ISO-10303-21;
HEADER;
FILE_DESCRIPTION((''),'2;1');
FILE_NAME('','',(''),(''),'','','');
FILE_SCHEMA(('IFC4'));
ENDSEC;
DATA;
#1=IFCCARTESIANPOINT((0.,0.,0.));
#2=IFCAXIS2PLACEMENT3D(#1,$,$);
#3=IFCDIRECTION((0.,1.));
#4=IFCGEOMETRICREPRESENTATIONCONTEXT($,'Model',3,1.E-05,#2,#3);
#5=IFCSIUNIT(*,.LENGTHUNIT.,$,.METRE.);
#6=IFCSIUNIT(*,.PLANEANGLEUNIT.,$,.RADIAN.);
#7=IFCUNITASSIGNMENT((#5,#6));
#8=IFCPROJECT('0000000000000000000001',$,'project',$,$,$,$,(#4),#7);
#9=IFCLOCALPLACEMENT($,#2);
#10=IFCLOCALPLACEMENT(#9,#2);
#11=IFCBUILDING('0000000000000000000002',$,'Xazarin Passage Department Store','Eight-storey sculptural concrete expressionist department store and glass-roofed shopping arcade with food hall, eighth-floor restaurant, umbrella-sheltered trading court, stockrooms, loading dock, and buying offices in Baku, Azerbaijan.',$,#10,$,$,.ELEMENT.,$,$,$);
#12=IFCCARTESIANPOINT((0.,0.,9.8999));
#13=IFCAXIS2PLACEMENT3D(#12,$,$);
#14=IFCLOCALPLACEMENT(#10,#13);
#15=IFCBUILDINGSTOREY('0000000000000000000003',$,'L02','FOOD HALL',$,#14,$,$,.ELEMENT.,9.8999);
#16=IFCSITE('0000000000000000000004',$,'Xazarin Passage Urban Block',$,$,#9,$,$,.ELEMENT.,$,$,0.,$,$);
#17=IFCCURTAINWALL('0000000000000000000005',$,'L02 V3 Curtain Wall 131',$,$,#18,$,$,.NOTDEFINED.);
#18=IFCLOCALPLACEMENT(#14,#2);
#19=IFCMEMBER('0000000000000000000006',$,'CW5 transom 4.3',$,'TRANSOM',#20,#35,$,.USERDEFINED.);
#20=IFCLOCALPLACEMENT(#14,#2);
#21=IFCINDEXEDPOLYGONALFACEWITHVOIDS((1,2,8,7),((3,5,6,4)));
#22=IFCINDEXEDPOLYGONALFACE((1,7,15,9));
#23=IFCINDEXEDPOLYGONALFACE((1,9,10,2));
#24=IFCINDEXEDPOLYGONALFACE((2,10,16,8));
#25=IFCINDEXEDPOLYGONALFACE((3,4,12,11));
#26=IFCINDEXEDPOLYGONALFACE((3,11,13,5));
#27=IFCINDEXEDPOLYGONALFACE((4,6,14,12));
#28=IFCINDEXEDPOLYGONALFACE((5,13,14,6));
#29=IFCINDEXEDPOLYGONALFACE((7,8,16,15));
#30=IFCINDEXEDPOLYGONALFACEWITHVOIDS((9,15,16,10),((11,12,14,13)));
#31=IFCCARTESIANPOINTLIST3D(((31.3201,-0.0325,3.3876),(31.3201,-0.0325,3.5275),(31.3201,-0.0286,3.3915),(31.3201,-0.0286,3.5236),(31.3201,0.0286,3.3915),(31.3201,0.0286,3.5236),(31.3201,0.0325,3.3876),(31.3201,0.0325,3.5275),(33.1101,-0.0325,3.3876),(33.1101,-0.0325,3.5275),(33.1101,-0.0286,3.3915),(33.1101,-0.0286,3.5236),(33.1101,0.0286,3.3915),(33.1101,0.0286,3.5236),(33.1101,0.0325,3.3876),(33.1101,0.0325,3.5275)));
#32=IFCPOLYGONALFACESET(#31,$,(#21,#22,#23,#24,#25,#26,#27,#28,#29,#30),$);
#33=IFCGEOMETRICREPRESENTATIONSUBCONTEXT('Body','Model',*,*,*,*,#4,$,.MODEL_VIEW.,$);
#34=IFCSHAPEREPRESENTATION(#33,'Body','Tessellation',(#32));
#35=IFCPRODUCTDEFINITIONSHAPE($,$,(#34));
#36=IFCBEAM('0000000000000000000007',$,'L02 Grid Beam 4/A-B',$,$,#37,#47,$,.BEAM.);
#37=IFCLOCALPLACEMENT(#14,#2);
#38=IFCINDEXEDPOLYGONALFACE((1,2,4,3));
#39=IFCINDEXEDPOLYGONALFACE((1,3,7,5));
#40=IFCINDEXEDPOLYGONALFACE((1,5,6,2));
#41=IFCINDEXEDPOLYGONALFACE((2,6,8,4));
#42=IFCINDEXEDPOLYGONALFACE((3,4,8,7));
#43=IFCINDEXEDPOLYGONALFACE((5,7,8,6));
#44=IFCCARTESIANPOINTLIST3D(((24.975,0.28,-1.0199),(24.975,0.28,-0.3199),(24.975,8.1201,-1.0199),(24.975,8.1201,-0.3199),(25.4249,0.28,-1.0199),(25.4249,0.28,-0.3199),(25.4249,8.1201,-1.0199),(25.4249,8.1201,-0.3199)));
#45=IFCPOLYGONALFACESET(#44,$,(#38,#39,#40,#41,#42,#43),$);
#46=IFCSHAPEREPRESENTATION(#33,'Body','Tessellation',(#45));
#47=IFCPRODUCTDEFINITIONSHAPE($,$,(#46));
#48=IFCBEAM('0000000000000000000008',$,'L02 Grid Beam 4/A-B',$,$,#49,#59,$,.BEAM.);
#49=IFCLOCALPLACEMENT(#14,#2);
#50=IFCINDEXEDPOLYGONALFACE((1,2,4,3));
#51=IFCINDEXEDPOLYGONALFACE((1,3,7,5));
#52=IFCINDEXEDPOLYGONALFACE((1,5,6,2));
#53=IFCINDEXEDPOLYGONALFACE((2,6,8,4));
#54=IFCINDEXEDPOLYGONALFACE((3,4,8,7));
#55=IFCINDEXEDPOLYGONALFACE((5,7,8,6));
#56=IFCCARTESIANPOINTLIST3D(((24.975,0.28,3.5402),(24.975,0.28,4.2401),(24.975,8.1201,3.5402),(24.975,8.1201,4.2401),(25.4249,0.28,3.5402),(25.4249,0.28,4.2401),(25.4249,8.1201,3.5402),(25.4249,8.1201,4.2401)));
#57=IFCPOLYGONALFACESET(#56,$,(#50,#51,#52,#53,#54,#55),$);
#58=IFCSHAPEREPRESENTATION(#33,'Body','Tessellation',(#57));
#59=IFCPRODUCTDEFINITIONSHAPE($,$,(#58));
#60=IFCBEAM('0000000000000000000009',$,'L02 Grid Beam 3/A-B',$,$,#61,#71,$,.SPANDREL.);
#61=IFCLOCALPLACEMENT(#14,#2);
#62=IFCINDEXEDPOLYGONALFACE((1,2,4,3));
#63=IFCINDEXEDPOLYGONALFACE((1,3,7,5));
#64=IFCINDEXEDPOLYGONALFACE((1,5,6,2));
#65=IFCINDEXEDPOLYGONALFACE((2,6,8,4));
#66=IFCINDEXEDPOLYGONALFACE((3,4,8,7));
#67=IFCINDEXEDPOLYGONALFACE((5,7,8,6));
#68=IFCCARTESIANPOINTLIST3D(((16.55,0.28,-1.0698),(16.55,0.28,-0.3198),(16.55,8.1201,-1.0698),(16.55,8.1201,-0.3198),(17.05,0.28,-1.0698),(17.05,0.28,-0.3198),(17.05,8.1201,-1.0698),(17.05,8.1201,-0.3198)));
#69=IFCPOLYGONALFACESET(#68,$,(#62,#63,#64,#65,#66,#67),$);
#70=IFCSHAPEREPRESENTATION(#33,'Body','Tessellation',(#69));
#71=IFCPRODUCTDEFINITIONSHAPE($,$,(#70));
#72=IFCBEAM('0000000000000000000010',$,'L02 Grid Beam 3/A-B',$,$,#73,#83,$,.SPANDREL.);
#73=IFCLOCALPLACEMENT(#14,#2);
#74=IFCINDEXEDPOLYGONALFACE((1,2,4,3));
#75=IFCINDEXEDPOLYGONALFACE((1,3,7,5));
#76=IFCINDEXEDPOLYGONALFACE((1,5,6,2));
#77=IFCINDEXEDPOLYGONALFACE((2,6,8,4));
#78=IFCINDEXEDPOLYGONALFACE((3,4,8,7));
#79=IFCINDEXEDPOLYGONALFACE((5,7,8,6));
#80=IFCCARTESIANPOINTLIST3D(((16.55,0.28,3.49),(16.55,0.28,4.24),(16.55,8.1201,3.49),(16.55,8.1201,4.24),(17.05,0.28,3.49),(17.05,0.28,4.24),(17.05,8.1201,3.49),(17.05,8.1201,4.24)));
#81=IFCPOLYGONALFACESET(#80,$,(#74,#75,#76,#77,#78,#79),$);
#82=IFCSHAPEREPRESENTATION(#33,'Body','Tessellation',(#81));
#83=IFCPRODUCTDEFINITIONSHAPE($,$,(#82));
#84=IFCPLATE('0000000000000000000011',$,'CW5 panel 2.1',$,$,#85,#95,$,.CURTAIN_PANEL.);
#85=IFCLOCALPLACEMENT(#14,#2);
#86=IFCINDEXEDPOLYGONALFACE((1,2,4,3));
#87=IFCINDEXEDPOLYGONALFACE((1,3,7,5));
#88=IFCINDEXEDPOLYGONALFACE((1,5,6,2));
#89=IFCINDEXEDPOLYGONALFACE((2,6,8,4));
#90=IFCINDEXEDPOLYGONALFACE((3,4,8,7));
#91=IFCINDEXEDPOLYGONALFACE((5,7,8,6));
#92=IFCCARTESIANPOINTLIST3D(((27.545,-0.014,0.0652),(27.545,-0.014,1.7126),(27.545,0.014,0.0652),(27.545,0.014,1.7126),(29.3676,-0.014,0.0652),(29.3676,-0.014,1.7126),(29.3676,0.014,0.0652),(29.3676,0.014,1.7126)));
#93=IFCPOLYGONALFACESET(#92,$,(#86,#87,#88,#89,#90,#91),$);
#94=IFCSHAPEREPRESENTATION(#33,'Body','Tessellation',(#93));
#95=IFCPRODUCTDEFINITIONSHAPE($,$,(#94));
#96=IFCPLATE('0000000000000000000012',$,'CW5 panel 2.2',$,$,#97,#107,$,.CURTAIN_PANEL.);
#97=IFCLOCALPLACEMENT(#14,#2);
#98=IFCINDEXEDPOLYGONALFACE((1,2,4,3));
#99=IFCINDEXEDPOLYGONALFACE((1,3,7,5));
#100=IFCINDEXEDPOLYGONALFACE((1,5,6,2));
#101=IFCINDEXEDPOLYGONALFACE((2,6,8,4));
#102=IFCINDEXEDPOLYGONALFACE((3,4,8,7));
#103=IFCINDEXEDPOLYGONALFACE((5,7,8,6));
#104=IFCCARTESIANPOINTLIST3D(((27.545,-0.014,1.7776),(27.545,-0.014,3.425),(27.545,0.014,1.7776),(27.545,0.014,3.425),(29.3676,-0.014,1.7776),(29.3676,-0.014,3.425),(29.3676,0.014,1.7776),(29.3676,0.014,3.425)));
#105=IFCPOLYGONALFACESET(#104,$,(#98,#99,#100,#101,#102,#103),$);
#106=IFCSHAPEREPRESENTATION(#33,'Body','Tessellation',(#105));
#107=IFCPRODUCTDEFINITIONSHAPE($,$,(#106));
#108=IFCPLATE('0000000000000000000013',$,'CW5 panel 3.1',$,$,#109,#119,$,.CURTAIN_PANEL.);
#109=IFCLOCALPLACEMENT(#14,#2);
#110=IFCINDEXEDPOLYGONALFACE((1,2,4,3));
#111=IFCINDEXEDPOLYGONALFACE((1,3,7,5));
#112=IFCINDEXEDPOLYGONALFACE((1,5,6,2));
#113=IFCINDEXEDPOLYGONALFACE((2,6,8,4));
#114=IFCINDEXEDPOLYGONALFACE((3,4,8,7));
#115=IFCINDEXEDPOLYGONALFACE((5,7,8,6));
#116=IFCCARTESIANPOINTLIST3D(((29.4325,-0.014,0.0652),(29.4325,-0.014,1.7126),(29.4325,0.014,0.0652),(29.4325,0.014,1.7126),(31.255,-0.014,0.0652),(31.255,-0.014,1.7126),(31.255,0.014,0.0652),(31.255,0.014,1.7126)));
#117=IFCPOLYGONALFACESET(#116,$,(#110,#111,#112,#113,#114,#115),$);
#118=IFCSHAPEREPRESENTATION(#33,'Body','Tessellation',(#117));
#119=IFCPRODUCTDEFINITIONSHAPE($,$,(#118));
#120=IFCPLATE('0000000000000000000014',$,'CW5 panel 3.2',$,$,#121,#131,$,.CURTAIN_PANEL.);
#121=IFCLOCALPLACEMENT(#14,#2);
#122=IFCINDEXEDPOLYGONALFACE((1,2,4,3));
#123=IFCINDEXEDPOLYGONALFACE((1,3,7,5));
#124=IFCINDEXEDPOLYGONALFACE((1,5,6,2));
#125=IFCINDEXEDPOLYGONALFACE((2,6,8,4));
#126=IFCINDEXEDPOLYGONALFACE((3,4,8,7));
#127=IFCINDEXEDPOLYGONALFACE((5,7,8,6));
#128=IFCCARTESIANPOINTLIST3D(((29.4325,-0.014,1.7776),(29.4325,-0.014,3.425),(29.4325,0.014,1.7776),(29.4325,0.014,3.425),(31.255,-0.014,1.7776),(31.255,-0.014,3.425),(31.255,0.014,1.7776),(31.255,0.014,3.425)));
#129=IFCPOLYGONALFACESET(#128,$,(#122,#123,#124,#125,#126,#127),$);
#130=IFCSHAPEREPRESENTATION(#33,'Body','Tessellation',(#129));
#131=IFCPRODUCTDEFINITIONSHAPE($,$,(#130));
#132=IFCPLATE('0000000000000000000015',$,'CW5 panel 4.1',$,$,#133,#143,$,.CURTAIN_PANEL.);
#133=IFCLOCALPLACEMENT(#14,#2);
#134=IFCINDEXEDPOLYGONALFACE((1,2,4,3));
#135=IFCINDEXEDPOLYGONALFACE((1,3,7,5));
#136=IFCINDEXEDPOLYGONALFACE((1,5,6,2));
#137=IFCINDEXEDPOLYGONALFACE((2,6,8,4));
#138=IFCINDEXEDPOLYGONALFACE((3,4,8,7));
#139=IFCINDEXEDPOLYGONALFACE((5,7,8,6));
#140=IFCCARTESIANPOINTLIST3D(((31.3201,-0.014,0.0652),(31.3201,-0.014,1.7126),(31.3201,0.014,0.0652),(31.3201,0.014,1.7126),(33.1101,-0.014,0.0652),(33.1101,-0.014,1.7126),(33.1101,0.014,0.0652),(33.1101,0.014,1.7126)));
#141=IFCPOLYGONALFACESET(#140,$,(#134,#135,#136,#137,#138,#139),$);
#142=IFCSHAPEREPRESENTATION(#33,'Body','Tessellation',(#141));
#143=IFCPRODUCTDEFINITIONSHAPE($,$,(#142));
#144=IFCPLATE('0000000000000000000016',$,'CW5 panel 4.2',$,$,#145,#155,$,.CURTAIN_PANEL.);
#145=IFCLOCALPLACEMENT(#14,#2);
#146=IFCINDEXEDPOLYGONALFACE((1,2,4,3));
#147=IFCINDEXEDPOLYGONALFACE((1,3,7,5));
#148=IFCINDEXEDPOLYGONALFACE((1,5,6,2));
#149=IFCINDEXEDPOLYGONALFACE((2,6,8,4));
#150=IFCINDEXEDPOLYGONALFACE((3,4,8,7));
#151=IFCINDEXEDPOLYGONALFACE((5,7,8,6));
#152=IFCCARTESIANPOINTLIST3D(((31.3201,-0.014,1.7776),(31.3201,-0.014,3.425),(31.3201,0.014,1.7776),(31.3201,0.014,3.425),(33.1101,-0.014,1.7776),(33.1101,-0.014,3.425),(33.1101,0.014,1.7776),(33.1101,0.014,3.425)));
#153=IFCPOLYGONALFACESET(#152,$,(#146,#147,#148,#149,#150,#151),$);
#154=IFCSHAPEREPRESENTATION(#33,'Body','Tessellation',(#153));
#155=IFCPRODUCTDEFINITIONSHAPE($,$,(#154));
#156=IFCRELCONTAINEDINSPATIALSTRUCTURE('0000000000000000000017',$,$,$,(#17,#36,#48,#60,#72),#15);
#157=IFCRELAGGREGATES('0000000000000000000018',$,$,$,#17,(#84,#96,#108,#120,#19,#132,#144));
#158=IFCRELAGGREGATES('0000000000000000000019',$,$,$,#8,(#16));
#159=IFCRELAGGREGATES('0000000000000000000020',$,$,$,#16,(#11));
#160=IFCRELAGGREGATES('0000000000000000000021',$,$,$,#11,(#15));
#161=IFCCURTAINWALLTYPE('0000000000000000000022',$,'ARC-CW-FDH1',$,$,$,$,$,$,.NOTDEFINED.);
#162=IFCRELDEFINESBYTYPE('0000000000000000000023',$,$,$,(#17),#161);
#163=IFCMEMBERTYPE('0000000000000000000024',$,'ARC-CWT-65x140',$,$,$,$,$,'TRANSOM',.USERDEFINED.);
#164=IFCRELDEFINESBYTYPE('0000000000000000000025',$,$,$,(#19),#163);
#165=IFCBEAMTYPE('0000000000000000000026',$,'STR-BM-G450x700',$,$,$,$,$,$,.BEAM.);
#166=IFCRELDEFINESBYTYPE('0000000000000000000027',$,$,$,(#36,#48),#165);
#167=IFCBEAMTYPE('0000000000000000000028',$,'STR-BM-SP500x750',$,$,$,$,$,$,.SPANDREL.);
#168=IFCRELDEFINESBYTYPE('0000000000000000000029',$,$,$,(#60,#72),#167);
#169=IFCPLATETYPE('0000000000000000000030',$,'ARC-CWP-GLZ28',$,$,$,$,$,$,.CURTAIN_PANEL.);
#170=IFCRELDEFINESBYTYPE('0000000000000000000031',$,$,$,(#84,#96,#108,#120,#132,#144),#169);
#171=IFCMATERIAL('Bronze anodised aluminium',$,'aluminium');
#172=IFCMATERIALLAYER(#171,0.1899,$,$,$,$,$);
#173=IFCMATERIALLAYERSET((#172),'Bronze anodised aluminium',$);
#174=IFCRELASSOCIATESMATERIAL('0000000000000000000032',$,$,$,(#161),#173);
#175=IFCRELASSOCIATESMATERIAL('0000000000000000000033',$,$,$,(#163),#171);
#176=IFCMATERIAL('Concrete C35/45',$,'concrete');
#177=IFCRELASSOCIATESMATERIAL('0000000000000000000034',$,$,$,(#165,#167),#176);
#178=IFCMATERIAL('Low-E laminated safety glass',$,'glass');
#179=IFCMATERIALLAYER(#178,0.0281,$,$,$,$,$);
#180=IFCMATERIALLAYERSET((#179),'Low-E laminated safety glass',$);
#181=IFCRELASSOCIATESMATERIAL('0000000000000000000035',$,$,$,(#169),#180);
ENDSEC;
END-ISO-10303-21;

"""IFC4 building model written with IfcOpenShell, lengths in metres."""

from ifc_helpers import new_model, si_unit, direction, frame, origin, origin_2d, place, context, subcontext, project, spatial, rectangle, hollow_rectangle, extrude, material, layer, layer_set, material_profile, profile_set, type_object, element, aggregate, save


model = new_model("IFC4")

# Units and contexts
model_context = context("Model", 3, precision=1e-05, world=origin(), true_north=direction((0.0, 1.0)))
body_context = subcontext(model_context, "Body", "Model", "MODEL_VIEW")
ifc_project = project(units=[si_unit("LENGTHUNIT", "METRE"), si_unit("PLANEANGLEUNIT", "RADIAN")], contexts=[model_context])

# Site, building, storey
site_placement = place(None, origin())
site = spatial("IfcSite", under=ifc_project, at=site_placement, Name="Xazarin Passage Urban Block", CompositionType="ELEMENT", RefElevation=0.0)
building_placement = place(site_placement, origin())
building = spatial("IfcBuilding", under=site, at=building_placement, Name="Xazarin Passage Department Store", Description="Eight-storey sculptural concrete expressionist department store and glass-roofed shopping arcade with food hall, eighth-floor restaurant, umbrella-sheltered trading court, stockrooms, loading dock, and buying offices in Baku, Azerbaijan.", CompositionType="ELEMENT")
storey_placement = place(building_placement, frame((0.0, 0.0, 9.8999)))
storey = spatial("IfcBuildingStorey", under=building, at=storey_placement, Name="L02", Description="FOOD HALL", CompositionType="ELEMENT", Elevation=9.8999)

# Curtain wall, member
ifc_material_1 = material(Name="Bronze anodised aluminium", Category="aluminium")
ifc_layer_1 = layer(ifc_material_1, 0.1899)
ifc_layer_set_1 = layer_set([ifc_layer_1], Name="Bronze anodised aluminium")
curtain_wall_type = type_object("IfcCurtainWallType", Name="ARC-CW-FDH1", PredefinedType="NOTDEFINED", material=ifc_layer_set_1)
curtain_wall_placement = place(storey_placement, origin())
curtain_wall = element("IfcCurtainWall", 1, at=curtain_wall_placement, inside=storey, type_object=curtain_wall_type, Name="L02 V3 Curtain Wall 131", PredefinedType="NOTDEFINED")
ifc_material_profile_1 = material_profile(ifc_material_1, hollow_rectangle(XDim=0.0649, YDim=0.1399, WallThickness=0.0039, at=origin_2d()), Name="ALU 65x140")
ifc_profile_set_1 = profile_set([ifc_material_profile_1], Name="Bronze anodised aluminium")
member_type_1 = type_object("IfcMemberType", Name="ARC-CWT-65x140", ElementType="TRANSOM", PredefinedType="USERDEFINED", material=ifc_profile_set_1)
member_1_placement = place(storey_placement, frame((31.3201, 0.0, 3.4575), z_axis=(1.0, 0.0, 0.0), x_axis=(0.0, 1.0, 0.0)))
member_1 = element("IfcMember", 2, at=member_1_placement, type_object=member_type_1, Name="CW5 transom 4.3", ObjectType="TRANSOM", PredefinedType="USERDEFINED", context=body_context, shape_type="SweptSolid", body=[
    extrude(hollow_rectangle(XDim=0.0649, YDim=0.1399, WallThickness=0.0039, at=origin_2d()), origin(), (0.0, 0.0, 1.0), 1.79),
])

# Beams
ifc_material_2 = material(Name="Concrete C35/45", Category="concrete")
ifc_material_profile_2 = material_profile(ifc_material_2, rectangle(XDim=0.45, YDim=0.7, at=origin_2d()), Name="RC 450x700")
ifc_profile_set_2 = profile_set([ifc_material_profile_2], Name="Concrete C35/45")
beam_type_1 = type_object("IfcBeamType", Name="STR-BM-G450x700", PredefinedType="BEAM", material=ifc_profile_set_2)
for number, where, z_axis, x_axis, name in (
    (3, (25.2, 0.28, -0.6699), (0.0, 1.0, 0.0), (-1.0, 0.0, 0.0), "L02 Grid Beam 4/A-B"),
    (4, (25.2, 0.28, 3.8901), (0.0, 1.0, 0.0), (-1.0, 0.0, 0.0), "L02 Grid Beam 4/A-B"),
):
    element("IfcBeam", number, at=place(storey_placement, frame(where, z_axis=z_axis, x_axis=x_axis)), inside=storey, type_object=beam_type_1, Name=name, PredefinedType="BEAM", context=body_context, shape_type="SweptSolid", body=[
        extrude(rectangle(XDim=0.45, YDim=0.7, at=origin_2d()), origin(), (0.0, 0.0, 1.0), 7.8401),
    ])
ifc_material_profile_3 = material_profile(ifc_material_2, rectangle(XDim=0.5, YDim=0.75, at=origin_2d()), Name="RC 500x750")
ifc_profile_set_3 = profile_set([ifc_material_profile_3], Name="Concrete C35/45")
beam_type_2 = type_object("IfcBeamType", Name="STR-BM-SP500x750", PredefinedType="SPANDREL", material=ifc_profile_set_3)
for number, where, z_axis, x_axis, name in (
    (5, (16.8, 0.28, -0.6948), (0.0, 1.0, 0.0), (-1.0, 0.0, 0.0), "L02 Grid Beam 3/A-B"),
    (6, (16.8, 0.28, 3.865), (0.0, 1.0, 0.0), (-1.0, 0.0, 0.0), "L02 Grid Beam 3/A-B"),
):
    element("IfcBeam", number, at=place(storey_placement, frame(where, z_axis=z_axis, x_axis=x_axis)), inside=storey, type_object=beam_type_2, Name=name, PredefinedType="SPANDREL", context=body_context, shape_type="SweptSolid", body=[
        extrude(rectangle(XDim=0.5, YDim=0.75, at=origin_2d()), origin(), (0.0, 0.0, 1.0), 7.8401),
    ])

# Plates
ifc_material_3 = material(Name="Low-E laminated safety glass", Category="glass")
ifc_layer_2 = layer(ifc_material_3, 0.0281)
ifc_layer_set_2 = layer_set([ifc_layer_2], Name="Low-E laminated safety glass")
plate_type = type_object("IfcPlateType", Name="ARC-CWP-GLZ28", PredefinedType="CURTAIN_PANEL", material=ifc_layer_set_2)
plate_1_placement = place(storey_placement, frame((28.4563, 0.0, 0.0652), z_axis=(0.0, 0.0, 1.0), x_axis=(1.0, 0.0, 0.0)))
plate_1 = element("IfcPlate", 7, at=plate_1_placement, type_object=plate_type, Name="CW5 panel 2.1", PredefinedType="CURTAIN_PANEL", context=body_context, shape_type="SweptSolid", body=[
    extrude(rectangle(XDim=1.8225, YDim=0.0281, at=origin_2d()), origin(), (0.0, 0.0, 1.0), 1.6475),
])
plate_2_placement = place(storey_placement, frame((28.4563, 0.0, 1.7776), z_axis=(0.0, 0.0, 1.0), x_axis=(1.0, 0.0, 0.0)))
plate_2 = element("IfcPlate", 8, at=plate_2_placement, type_object=plate_type, Name="CW5 panel 2.2", PredefinedType="CURTAIN_PANEL", context=body_context, shape_type="SweptSolid", body=[
    extrude(rectangle(XDim=1.8225, YDim=0.0281, at=origin_2d()), origin(), (0.0, 0.0, 1.0), 1.6475),
])
plate_3_placement = place(storey_placement, frame((30.3438, 0.0, 0.0652), z_axis=(0.0, 0.0, 1.0), x_axis=(1.0, 0.0, 0.0)))
plate_3 = element("IfcPlate", 9, at=plate_3_placement, type_object=plate_type, Name="CW5 panel 3.1", PredefinedType="CURTAIN_PANEL", context=body_context, shape_type="SweptSolid", body=[
    extrude(rectangle(XDim=1.8225, YDim=0.0281, at=origin_2d()), origin(), (0.0, 0.0, 1.0), 1.6475),
])
plate_4_placement = place(storey_placement, frame((30.3438, 0.0, 1.7776), z_axis=(0.0, 0.0, 1.0), x_axis=(1.0, 0.0, 0.0)))
plate_4 = element("IfcPlate", 10, at=plate_4_placement, type_object=plate_type, Name="CW5 panel 3.2", PredefinedType="CURTAIN_PANEL", context=body_context, shape_type="SweptSolid", body=[
    extrude(rectangle(XDim=1.8225, YDim=0.0281, at=origin_2d()), origin(), (0.0, 0.0, 1.0), 1.6475),
])
plate_5_placement = place(storey_placement, frame((32.2151, 0.0, 0.0652), z_axis=(0.0, 0.0, 1.0), x_axis=(1.0, 0.0, 0.0)))
plate_5 = element("IfcPlate", 11, at=plate_5_placement, type_object=plate_type, Name="CW5 panel 4.1", PredefinedType="CURTAIN_PANEL", context=body_context, shape_type="SweptSolid", body=[
    extrude(rectangle(XDim=1.79, YDim=0.0281, at=origin_2d()), origin(), (0.0, 0.0, 1.0), 1.6475),
])
plate_6_placement = place(storey_placement, frame((32.2151, 0.0, 1.7776), z_axis=(0.0, 0.0, 1.0), x_axis=(1.0, 0.0, 0.0)))
plate_6 = element("IfcPlate", 12, at=plate_6_placement, type_object=plate_type, Name="CW5 panel 4.2", PredefinedType="CURTAIN_PANEL", context=body_context, shape_type="SweptSolid", body=[
    extrude(rectangle(XDim=1.79, YDim=0.0281, at=origin_2d()), origin(), (0.0, 0.0, 1.0), 1.6475),
])
aggregate(curtain_wall, [plate_1, plate_2, plate_3, plate_4, member_1, plate_5, plate_6])

save(model, "model.ifc")
